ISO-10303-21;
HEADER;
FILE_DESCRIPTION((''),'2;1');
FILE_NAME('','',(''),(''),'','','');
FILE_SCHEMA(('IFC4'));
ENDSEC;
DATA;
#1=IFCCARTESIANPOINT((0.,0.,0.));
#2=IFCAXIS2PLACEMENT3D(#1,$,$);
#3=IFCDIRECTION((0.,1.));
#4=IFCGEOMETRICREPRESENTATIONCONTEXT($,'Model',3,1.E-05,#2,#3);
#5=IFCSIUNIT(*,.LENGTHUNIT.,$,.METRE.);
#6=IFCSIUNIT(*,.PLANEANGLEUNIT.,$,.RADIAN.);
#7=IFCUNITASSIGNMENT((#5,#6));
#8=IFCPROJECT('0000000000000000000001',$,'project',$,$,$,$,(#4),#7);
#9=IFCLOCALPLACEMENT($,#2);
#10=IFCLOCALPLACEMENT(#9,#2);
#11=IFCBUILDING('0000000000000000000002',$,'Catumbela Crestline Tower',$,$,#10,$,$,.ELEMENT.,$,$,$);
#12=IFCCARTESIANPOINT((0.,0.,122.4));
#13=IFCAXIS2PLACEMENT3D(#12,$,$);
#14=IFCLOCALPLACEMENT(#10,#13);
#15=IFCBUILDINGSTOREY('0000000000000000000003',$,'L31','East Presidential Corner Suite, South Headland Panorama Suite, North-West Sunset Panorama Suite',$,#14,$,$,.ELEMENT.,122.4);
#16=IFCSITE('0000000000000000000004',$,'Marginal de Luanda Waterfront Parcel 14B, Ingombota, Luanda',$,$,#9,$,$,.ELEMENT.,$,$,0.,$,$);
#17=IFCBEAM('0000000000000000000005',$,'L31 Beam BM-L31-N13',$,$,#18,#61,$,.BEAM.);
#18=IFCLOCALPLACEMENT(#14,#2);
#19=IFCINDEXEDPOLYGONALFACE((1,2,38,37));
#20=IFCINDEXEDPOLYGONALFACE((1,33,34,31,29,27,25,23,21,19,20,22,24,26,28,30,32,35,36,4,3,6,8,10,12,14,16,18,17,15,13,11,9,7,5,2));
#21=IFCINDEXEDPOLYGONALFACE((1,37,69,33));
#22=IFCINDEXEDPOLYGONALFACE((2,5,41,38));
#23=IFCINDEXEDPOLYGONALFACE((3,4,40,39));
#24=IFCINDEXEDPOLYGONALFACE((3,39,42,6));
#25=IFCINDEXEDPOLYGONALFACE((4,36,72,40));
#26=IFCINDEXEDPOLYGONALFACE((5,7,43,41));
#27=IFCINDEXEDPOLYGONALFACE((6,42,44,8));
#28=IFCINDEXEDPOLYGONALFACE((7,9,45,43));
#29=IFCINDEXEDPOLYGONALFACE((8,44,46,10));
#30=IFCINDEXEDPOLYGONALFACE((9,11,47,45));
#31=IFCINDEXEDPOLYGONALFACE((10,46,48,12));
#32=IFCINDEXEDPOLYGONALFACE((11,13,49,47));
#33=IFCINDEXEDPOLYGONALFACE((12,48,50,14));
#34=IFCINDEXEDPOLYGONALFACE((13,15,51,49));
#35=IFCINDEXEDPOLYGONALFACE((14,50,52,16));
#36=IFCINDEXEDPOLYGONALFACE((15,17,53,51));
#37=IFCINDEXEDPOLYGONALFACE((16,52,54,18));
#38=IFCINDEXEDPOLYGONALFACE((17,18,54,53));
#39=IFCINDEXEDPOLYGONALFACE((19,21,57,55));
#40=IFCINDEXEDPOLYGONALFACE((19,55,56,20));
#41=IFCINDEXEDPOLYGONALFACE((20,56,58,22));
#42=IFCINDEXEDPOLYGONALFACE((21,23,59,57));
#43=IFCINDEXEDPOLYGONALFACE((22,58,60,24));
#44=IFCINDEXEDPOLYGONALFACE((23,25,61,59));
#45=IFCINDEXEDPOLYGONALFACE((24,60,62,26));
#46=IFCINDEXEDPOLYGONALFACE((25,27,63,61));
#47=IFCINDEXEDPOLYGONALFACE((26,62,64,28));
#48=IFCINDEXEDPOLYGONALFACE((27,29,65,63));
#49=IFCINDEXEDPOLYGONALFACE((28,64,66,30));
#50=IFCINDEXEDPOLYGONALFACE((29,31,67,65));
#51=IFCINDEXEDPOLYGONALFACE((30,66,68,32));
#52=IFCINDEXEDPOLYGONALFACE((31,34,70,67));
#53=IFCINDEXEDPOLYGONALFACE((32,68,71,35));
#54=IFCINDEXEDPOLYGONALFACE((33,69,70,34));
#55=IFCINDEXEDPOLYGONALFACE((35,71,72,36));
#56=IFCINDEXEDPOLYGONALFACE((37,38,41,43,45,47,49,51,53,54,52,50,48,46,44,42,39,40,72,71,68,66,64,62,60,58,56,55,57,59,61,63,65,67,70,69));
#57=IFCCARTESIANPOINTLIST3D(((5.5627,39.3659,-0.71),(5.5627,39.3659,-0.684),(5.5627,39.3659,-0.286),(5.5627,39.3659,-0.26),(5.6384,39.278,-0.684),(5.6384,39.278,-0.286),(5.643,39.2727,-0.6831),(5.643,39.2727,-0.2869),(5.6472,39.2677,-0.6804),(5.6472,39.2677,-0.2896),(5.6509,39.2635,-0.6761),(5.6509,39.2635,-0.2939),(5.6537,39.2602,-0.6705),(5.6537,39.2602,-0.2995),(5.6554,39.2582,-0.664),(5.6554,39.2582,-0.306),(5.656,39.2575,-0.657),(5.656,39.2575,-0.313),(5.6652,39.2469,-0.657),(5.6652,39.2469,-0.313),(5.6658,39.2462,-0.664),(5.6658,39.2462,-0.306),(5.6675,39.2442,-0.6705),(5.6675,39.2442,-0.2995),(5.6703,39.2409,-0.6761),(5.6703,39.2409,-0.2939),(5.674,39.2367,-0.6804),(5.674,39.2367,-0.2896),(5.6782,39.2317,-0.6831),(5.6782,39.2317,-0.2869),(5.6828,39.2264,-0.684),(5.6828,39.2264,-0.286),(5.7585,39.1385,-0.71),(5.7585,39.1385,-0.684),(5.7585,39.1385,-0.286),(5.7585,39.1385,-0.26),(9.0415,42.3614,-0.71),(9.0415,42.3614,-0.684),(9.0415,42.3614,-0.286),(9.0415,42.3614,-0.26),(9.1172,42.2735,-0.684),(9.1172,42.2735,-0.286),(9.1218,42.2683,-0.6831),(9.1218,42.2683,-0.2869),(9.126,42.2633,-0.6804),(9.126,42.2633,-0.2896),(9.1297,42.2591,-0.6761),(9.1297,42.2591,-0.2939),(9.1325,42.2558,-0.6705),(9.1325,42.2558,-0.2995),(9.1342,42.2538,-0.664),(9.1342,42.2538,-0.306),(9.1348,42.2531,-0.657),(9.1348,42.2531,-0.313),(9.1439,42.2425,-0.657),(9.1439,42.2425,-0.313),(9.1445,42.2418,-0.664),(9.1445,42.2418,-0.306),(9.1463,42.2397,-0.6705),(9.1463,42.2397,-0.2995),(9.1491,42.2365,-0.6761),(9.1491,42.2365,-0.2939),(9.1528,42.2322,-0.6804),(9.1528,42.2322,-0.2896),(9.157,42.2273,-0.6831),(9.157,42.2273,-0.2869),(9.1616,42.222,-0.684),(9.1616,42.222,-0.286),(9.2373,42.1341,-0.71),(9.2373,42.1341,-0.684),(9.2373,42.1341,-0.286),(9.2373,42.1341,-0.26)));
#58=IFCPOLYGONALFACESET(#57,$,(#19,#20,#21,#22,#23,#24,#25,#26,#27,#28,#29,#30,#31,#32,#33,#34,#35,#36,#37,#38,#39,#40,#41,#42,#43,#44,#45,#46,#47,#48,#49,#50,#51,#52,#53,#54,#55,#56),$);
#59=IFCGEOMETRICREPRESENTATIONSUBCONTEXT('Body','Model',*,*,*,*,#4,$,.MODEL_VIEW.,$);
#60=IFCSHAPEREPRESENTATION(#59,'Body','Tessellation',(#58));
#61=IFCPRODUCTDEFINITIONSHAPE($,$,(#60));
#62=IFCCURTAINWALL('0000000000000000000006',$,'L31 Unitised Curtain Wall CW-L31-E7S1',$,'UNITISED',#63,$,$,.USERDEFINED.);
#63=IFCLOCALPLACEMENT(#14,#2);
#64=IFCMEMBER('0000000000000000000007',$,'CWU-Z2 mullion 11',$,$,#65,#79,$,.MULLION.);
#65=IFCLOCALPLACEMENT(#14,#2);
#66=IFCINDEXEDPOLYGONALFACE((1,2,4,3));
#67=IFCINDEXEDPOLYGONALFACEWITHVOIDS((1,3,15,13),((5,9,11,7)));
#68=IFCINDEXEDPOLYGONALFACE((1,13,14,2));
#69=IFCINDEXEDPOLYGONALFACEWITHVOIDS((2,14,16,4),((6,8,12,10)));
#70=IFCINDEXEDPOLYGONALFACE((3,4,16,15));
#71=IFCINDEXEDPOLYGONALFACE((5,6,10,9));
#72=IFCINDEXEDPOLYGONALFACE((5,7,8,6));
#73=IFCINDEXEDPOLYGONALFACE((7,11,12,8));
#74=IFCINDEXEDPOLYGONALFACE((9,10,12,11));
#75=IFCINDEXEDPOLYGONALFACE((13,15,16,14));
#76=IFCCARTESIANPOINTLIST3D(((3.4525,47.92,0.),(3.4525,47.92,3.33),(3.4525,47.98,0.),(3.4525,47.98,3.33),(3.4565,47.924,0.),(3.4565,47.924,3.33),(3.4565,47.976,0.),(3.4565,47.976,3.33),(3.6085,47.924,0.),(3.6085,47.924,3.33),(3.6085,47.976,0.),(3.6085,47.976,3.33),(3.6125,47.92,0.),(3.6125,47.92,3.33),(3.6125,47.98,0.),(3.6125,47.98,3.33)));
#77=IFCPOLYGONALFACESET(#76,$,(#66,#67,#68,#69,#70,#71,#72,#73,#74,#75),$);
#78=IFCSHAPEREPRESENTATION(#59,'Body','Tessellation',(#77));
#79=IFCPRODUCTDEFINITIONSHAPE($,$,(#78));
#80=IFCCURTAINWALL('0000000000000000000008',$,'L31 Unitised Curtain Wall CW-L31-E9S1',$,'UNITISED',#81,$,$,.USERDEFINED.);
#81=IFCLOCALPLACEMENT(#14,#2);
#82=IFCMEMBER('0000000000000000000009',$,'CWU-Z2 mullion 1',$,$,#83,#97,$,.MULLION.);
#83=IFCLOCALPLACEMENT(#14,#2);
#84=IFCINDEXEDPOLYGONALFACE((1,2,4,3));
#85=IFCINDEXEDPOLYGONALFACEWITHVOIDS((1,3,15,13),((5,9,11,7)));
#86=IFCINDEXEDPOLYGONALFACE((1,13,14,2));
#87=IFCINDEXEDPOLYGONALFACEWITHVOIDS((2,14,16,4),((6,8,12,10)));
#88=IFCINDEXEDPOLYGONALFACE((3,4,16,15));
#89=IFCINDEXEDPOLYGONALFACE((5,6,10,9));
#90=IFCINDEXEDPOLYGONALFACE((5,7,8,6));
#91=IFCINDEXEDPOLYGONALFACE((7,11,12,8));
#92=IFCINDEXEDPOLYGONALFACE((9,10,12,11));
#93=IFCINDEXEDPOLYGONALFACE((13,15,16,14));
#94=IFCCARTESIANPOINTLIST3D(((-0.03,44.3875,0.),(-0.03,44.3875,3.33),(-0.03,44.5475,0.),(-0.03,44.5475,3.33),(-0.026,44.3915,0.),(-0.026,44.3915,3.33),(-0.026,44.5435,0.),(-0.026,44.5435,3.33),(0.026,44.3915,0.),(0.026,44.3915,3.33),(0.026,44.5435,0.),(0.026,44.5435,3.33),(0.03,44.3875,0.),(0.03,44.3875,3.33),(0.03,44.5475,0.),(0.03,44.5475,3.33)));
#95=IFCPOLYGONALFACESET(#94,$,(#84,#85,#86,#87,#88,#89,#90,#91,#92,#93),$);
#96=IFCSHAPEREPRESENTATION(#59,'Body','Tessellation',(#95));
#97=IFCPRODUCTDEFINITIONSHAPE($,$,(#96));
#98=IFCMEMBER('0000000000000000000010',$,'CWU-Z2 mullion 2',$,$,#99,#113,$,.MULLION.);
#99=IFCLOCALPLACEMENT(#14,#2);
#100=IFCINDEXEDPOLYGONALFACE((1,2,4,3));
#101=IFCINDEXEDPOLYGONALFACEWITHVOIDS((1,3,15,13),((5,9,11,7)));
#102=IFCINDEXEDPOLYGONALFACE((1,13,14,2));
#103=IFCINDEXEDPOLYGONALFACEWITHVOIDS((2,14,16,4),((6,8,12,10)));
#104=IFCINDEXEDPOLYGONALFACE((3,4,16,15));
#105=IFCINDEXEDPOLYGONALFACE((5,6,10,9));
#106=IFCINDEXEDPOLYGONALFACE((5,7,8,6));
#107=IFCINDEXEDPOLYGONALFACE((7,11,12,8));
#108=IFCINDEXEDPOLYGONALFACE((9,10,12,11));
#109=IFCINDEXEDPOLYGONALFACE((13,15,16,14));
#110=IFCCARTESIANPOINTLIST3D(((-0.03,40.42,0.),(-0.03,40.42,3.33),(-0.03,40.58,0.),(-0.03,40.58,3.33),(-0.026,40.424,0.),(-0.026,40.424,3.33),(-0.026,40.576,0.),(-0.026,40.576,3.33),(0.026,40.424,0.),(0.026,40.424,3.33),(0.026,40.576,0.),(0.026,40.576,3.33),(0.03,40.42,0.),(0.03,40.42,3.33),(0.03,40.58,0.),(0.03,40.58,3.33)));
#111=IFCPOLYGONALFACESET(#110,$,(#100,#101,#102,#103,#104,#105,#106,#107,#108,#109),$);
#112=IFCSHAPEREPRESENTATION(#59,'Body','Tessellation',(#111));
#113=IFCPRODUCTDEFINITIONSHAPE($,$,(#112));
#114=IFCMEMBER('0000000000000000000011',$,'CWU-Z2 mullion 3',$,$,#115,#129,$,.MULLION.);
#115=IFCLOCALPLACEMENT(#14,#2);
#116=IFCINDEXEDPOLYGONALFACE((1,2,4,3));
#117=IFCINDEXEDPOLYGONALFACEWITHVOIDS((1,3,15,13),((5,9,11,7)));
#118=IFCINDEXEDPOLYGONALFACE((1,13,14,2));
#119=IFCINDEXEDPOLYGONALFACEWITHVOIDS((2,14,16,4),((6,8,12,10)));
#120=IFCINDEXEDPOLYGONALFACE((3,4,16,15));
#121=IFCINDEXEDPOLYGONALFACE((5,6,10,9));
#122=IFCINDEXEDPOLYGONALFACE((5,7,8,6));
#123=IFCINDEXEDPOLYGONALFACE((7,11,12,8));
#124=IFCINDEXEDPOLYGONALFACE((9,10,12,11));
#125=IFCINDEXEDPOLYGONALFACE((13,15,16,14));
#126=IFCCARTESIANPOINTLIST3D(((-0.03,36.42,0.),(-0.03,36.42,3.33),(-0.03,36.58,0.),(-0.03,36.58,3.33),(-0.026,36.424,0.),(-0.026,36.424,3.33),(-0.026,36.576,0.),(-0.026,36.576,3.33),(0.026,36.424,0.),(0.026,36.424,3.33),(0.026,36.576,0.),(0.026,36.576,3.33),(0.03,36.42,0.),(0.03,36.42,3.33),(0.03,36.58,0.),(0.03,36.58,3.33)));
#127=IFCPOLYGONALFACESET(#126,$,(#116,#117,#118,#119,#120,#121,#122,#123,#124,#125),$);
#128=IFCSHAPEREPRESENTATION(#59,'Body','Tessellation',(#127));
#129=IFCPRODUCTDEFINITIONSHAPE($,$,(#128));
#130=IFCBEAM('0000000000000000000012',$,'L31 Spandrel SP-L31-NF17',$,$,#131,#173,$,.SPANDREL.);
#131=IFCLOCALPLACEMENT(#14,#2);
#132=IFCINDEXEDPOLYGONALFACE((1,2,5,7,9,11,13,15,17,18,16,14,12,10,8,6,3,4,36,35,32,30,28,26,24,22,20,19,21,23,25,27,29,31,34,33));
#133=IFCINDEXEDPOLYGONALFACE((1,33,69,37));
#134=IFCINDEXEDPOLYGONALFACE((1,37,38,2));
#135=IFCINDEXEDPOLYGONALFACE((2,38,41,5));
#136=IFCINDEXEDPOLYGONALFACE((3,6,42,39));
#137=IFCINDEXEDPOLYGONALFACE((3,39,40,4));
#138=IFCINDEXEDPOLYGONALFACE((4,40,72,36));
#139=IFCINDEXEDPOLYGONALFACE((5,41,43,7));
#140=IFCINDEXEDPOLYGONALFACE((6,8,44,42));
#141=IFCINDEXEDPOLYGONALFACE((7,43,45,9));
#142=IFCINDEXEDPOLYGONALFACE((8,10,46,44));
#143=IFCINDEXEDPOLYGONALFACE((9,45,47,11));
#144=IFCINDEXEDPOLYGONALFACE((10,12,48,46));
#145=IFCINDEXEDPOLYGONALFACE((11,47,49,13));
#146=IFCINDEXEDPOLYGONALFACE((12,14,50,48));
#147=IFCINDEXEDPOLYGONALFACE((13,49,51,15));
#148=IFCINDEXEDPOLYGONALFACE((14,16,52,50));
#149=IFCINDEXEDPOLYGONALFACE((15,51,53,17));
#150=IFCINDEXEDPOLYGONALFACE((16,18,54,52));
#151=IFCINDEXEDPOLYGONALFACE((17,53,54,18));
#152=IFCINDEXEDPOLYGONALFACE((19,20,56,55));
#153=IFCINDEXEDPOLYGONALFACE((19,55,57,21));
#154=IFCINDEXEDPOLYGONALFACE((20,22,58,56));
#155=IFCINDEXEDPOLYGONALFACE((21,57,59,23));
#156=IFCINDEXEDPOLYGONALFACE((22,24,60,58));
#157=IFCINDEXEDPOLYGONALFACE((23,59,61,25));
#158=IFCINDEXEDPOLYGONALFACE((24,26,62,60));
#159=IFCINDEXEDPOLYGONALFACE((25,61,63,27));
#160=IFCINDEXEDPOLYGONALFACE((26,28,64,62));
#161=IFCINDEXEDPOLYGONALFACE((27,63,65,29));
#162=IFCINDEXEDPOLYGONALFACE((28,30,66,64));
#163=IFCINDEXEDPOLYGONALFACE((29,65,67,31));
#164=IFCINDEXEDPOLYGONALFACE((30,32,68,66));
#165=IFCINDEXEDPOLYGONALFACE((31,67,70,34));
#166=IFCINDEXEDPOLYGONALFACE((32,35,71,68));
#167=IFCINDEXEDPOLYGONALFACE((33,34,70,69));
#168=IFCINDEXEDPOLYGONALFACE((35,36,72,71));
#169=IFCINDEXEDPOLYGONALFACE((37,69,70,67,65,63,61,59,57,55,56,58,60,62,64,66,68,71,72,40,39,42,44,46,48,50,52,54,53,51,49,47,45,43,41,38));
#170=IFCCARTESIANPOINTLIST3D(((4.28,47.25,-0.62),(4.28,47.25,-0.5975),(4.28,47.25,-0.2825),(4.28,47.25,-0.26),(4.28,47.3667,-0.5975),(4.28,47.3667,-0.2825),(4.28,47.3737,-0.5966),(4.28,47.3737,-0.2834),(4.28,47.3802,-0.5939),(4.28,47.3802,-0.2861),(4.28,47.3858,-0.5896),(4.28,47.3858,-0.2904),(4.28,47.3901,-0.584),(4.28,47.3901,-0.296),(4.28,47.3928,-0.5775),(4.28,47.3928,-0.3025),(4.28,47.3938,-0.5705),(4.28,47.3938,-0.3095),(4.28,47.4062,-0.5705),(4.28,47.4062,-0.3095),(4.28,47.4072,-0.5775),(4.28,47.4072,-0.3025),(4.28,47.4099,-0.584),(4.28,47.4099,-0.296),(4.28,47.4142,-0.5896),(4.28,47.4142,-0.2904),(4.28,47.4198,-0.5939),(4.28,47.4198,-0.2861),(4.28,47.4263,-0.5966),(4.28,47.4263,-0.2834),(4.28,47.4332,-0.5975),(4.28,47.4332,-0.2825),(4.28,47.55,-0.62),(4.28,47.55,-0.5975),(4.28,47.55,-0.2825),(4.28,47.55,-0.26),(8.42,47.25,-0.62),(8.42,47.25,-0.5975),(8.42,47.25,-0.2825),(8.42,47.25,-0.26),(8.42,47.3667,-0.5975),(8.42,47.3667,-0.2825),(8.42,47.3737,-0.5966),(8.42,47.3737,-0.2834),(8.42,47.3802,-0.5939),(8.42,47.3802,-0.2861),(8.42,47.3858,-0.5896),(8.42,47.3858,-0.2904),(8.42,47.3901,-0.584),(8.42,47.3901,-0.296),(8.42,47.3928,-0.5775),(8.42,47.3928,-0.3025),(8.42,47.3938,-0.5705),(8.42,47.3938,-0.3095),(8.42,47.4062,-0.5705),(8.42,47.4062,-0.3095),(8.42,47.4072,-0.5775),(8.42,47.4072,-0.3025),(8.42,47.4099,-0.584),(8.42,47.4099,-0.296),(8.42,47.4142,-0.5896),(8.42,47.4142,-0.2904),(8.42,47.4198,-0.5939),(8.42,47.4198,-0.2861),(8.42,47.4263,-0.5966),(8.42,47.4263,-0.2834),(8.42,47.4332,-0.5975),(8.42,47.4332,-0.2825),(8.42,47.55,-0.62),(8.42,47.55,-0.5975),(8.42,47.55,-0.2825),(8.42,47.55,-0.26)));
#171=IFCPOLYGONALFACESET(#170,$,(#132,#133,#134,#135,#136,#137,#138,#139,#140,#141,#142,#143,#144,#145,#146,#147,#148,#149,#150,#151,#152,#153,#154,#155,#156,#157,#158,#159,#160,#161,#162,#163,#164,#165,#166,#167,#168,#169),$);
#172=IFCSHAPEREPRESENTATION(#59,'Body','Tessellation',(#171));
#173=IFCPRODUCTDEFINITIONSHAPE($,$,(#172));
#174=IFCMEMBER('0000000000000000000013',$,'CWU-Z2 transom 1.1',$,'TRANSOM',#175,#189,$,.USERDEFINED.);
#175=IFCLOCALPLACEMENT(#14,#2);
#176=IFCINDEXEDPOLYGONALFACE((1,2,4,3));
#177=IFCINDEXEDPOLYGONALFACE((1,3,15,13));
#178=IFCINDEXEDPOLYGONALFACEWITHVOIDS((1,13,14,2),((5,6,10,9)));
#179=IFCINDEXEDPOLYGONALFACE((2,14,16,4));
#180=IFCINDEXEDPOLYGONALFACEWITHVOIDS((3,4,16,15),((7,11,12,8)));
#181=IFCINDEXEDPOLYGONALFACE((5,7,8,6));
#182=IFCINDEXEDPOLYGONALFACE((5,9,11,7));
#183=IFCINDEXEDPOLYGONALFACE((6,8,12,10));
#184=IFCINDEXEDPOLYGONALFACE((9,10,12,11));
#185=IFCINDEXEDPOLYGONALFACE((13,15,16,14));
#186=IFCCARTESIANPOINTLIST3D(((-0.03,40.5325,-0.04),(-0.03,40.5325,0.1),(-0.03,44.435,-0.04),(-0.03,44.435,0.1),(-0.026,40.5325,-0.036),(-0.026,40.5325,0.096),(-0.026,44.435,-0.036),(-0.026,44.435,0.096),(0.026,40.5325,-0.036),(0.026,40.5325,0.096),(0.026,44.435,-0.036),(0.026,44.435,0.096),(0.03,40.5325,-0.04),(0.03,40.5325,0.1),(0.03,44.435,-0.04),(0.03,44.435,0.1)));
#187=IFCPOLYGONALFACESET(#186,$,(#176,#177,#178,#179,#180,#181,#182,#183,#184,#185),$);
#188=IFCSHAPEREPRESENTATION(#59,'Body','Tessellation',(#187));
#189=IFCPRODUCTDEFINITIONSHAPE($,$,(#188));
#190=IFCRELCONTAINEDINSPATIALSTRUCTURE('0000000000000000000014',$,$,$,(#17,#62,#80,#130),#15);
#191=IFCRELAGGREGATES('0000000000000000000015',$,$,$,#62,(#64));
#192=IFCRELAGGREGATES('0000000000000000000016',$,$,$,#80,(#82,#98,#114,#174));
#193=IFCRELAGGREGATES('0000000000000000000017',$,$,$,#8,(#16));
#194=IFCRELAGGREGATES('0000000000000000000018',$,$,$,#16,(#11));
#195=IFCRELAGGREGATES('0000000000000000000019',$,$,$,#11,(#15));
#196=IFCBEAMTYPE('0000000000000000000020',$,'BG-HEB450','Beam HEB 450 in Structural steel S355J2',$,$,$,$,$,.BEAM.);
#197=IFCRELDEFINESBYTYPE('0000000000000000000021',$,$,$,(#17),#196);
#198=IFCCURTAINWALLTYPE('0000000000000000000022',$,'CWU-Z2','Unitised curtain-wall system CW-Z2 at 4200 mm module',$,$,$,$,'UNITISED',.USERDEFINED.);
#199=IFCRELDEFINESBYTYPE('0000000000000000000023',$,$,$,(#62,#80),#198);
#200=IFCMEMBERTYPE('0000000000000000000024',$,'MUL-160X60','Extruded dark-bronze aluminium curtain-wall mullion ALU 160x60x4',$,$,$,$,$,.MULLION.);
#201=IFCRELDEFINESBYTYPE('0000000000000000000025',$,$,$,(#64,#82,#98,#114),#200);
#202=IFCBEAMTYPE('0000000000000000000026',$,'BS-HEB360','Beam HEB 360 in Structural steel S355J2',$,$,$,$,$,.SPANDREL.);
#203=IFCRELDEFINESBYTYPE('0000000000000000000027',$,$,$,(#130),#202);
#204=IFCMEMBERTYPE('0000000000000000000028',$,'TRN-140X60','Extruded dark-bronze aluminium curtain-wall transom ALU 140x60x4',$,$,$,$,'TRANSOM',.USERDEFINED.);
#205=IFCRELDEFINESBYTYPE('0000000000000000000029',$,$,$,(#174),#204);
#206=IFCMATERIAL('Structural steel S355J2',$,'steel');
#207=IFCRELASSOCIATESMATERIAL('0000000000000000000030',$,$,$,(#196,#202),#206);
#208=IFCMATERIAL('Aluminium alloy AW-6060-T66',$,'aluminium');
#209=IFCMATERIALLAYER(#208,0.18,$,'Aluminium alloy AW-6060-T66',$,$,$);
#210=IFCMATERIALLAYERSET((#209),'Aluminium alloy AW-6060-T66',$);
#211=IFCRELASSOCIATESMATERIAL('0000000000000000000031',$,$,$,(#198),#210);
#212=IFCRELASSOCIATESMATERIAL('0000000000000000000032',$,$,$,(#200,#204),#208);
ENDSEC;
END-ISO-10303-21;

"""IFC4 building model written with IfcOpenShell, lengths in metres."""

from ifc_helpers import new_model, si_unit, direction, frame, origin, origin_2d, place, context, subcontext, project, spatial, hollow_rectangle, i_section, extrude, material, layer, layer_set, material_profile, profile_set, type_object, element, aggregate, save


model = new_model("IFC4")

# Units and contexts
model_context = context("Model", 3, precision=1e-05, world=origin(), true_north=direction((0.0, 1.0)))
body_context = subcontext(model_context, "Body", "Model", "MODEL_VIEW")
ifc_project = project(units=[si_unit("LENGTHUNIT", "METRE"), si_unit("PLANEANGLEUNIT", "RADIAN")], contexts=[model_context])

# Site, building, storey
site_placement = place(None, origin())
site = spatial("IfcSite", under=ifc_project, at=site_placement, Name="Marginal de Luanda Waterfront Parcel 14B, Ingombota, Luanda", CompositionType="ELEMENT", RefElevation=0.0)
building_placement = place(site_placement, origin())
building = spatial("IfcBuilding", under=site, at=building_placement, Name="Catumbela Crestline Tower", CompositionType="ELEMENT")
storey_placement = place(building_placement, frame((0.0, 0.0, 122.4)))
storey = spatial("IfcBuildingStorey", under=building, at=storey_placement, Name="L31", Description="East Presidential Corner Suite, South Headland Panorama Suite, North-West Sunset Panorama Suite", CompositionType="ELEMENT", Elevation=122.4)

# Beam
ifc_material_1 = material(Name="Structural steel S355J2", Category="steel")
ifc_material_profile_1 = material_profile(ifc_material_1, i_section(OverallWidth=0.3, OverallDepth=0.45, WebThickness=0.014, FlangeThickness=0.026, FilletRadius=0.027, at=origin_2d()), Name="HEB 450")
ifc_profile_set_1 = profile_set([ifc_material_profile_1], Name="Structural steel S355J2")
beam_type_1 = type_object("IfcBeamType", Name="BG-HEB450", Description="Beam HEB 450 in Structural steel S355J2", PredefinedType="BEAM", material=ifc_profile_set_1)
beam_1_placement = place(storey_placement, frame((5.6606, 39.2522, -0.485), z_axis=(0.757772, 0.652519, 0.0), x_axis=(-0.652519, 0.757772, 0.0)))
element("IfcBeam", 1, at=beam_1_placement, inside=storey, type_object=beam_type_1, Name="L31 Beam BM-L31-N13", PredefinedType="BEAM", context=body_context, shape_type="SweptSolid", body=[
    extrude(i_section(OverallWidth=0.3, OverallDepth=0.45, WebThickness=0.014, FlangeThickness=0.026, FilletRadius=0.027, at=origin_2d()), origin(), (0.0, 0.0, 1.0), 4.5908),
])

# Curtain wall, member
ifc_material_2 = material(Name="Aluminium alloy AW-6060-T66", Category="aluminium")
ifc_layer_1 = layer(ifc_material_2, 0.18, Name="Aluminium alloy AW-6060-T66")
ifc_layer_set_1 = layer_set([ifc_layer_1], Name="Aluminium alloy AW-6060-T66")
curtain_wall_type = type_object("IfcCurtainWallType", Name="CWU-Z2", Description="Unitised curtain-wall system CW-Z2 at 4200 mm module", ElementType="UNITISED", PredefinedType="USERDEFINED", material=ifc_layer_set_1)
curtain_wall_1_placement = place(storey_placement, origin())
curtain_wall_1 = element("IfcCurtainWall", 2, at=curtain_wall_1_placement, inside=storey, type_object=curtain_wall_type, Name="L31 Unitised Curtain Wall CW-L31-E7S1", ObjectType="UNITISED", PredefinedType="USERDEFINED")
ifc_material_profile_2 = material_profile(ifc_material_2, hollow_rectangle(XDim=0.06, YDim=0.16, WallThickness=0.004, at=origin_2d()), Name="ALU 160x60x4")
ifc_profile_set_2 = profile_set([ifc_material_profile_2], Name="Aluminium alloy AW-6060-T66")
member_type_1 = type_object("IfcMemberType", Name="MUL-160X60", Description="Extruded dark-bronze aluminium curtain-wall mullion ALU 160x60x4", PredefinedType="MULLION", material=ifc_profile_set_2)
member_1_placement = place(storey_placement, frame((3.5325, 47.95, 0.0), z_axis=(0.0, 0.0, 1.0), x_axis=(0.0, -1.0, 0.0)))
member_1 = element("IfcMember", 3, at=member_1_placement, type_object=member_type_1, Name="CWU-Z2 mullion 11", PredefinedType="MULLION", context=body_context, shape_type="SweptSolid", body=[
    extrude(hollow_rectangle(XDim=0.06, YDim=0.16, WallThickness=0.004, at=origin_2d()), origin(), (0.0, 0.0, 1.0), 3.33),
])
aggregate(curtain_wall_1, [member_1])

# Curtain wall, members
curtain_wall_2_placement = place(storey_placement, origin())
curtain_wall_2 = element("IfcCurtainWall", 4, at=curtain_wall_2_placement, inside=storey, type_object=curtain_wall_type, Name="L31 Unitised Curtain Wall CW-L31-E9S1", ObjectType="UNITISED", PredefinedType="USERDEFINED")
member_2_placement = place(storey_placement, frame((0.0, 44.4675, 0.0), z_axis=(0.0, 0.0, 1.0), x_axis=(1.0, 0.0, 0.0)))
member_2 = element("IfcMember", 5, at=member_2_placement, type_object=member_type_1, Name="CWU-Z2 mullion 1", PredefinedType="MULLION", context=body_context, shape_type="SweptSolid", body=[
    extrude(hollow_rectangle(XDim=0.06, YDim=0.16, WallThickness=0.004, at=origin_2d()), origin(), (0.0, 0.0, 1.0), 3.33),
])
member_3_placement = place(storey_placement, frame((0.0, 40.5, 0.0), z_axis=(0.0, 0.0, 1.0), x_axis=(1.0, 0.0, 0.0)))
member_3 = element("IfcMember", 6, at=member_3_placement, type_object=member_type_1, Name="CWU-Z2 mullion 2", PredefinedType="MULLION", context=body_context, shape_type="SweptSolid", body=[
    extrude(hollow_rectangle(XDim=0.06, YDim=0.16, WallThickness=0.004, at=origin_2d()), origin(), (0.0, 0.0, 1.0), 3.33),
])
member_4_placement = place(storey_placement, frame((0.0, 36.5, 0.0), z_axis=(0.0, 0.0, 1.0), x_axis=(1.0, 0.0, 0.0)))
member_4 = element("IfcMember", 7, at=member_4_placement, type_object=member_type_1, Name="CWU-Z2 mullion 3", PredefinedType="MULLION", context=body_context, shape_type="SweptSolid", body=[
    extrude(hollow_rectangle(XDim=0.06, YDim=0.16, WallThickness=0.004, at=origin_2d()), origin(), (0.0, 0.0, 1.0), 3.33),
])

# Beam
ifc_material_profile_3 = material_profile(ifc_material_1, i_section(OverallWidth=0.3, OverallDepth=0.36, WebThickness=0.0125, FlangeThickness=0.0225, FilletRadius=0.027, at=origin_2d()), Name="HEB 360")
ifc_profile_set_3 = profile_set([ifc_material_profile_3], Name="Structural steel S355J2")
beam_type_2 = type_object("IfcBeamType", Name="BS-HEB360", Description="Beam HEB 360 in Structural steel S355J2", PredefinedType="SPANDREL", material=ifc_profile_set_3)
beam_2_placement = place(storey_placement, frame((4.28, 47.4, -0.44), z_axis=(1.0, 0.0, 0.0), x_axis=(0.0, 1.0, 0.0)))
element("IfcBeam", 8, at=beam_2_placement, inside=storey, type_object=beam_type_2, Name="L31 Spandrel SP-L31-NF17", PredefinedType="SPANDREL", context=body_context, shape_type="SweptSolid", body=[
    extrude(i_section(OverallWidth=0.3, OverallDepth=0.36, WebThickness=0.0125, FlangeThickness=0.0225, FilletRadius=0.027, at=origin_2d()), origin(), (0.0, 0.0, 1.0), 4.14),
])

# Member
ifc_material_profile_4 = material_profile(ifc_material_2, hollow_rectangle(XDim=0.06, YDim=0.14, WallThickness=0.004, at=origin_2d()), Name="ALU 140x60x4")
ifc_profile_set_4 = profile_set([ifc_material_profile_4], Name="Aluminium alloy AW-6060-T66")
member_type_2 = type_object("IfcMemberType", Name="TRN-140X60", Description="Extruded dark-bronze aluminium curtain-wall transom ALU 140x60x4", ElementType="TRANSOM", PredefinedType="USERDEFINED", material=ifc_profile_set_4)
member_5_placement = place(storey_placement, frame((0.0, 44.435, 0.03), z_axis=(0.0, -1.0, 0.0), x_axis=(1.0, 0.0, 0.0)))
member_5 = element("IfcMember", 9, at=member_5_placement, type_object=member_type_2, Name="CWU-Z2 transom 1.1", ObjectType="TRANSOM", PredefinedType="USERDEFINED", context=body_context, shape_type="SweptSolid", body=[
    extrude(hollow_rectangle(XDim=0.06, YDim=0.14, WallThickness=0.004, at=origin_2d()), origin(), (0.0, 0.0, 1.0), 3.9025),
])

aggregate(curtain_wall_2, [member_2, member_3, member_4, member_5])

save(model, "model.ifc")
